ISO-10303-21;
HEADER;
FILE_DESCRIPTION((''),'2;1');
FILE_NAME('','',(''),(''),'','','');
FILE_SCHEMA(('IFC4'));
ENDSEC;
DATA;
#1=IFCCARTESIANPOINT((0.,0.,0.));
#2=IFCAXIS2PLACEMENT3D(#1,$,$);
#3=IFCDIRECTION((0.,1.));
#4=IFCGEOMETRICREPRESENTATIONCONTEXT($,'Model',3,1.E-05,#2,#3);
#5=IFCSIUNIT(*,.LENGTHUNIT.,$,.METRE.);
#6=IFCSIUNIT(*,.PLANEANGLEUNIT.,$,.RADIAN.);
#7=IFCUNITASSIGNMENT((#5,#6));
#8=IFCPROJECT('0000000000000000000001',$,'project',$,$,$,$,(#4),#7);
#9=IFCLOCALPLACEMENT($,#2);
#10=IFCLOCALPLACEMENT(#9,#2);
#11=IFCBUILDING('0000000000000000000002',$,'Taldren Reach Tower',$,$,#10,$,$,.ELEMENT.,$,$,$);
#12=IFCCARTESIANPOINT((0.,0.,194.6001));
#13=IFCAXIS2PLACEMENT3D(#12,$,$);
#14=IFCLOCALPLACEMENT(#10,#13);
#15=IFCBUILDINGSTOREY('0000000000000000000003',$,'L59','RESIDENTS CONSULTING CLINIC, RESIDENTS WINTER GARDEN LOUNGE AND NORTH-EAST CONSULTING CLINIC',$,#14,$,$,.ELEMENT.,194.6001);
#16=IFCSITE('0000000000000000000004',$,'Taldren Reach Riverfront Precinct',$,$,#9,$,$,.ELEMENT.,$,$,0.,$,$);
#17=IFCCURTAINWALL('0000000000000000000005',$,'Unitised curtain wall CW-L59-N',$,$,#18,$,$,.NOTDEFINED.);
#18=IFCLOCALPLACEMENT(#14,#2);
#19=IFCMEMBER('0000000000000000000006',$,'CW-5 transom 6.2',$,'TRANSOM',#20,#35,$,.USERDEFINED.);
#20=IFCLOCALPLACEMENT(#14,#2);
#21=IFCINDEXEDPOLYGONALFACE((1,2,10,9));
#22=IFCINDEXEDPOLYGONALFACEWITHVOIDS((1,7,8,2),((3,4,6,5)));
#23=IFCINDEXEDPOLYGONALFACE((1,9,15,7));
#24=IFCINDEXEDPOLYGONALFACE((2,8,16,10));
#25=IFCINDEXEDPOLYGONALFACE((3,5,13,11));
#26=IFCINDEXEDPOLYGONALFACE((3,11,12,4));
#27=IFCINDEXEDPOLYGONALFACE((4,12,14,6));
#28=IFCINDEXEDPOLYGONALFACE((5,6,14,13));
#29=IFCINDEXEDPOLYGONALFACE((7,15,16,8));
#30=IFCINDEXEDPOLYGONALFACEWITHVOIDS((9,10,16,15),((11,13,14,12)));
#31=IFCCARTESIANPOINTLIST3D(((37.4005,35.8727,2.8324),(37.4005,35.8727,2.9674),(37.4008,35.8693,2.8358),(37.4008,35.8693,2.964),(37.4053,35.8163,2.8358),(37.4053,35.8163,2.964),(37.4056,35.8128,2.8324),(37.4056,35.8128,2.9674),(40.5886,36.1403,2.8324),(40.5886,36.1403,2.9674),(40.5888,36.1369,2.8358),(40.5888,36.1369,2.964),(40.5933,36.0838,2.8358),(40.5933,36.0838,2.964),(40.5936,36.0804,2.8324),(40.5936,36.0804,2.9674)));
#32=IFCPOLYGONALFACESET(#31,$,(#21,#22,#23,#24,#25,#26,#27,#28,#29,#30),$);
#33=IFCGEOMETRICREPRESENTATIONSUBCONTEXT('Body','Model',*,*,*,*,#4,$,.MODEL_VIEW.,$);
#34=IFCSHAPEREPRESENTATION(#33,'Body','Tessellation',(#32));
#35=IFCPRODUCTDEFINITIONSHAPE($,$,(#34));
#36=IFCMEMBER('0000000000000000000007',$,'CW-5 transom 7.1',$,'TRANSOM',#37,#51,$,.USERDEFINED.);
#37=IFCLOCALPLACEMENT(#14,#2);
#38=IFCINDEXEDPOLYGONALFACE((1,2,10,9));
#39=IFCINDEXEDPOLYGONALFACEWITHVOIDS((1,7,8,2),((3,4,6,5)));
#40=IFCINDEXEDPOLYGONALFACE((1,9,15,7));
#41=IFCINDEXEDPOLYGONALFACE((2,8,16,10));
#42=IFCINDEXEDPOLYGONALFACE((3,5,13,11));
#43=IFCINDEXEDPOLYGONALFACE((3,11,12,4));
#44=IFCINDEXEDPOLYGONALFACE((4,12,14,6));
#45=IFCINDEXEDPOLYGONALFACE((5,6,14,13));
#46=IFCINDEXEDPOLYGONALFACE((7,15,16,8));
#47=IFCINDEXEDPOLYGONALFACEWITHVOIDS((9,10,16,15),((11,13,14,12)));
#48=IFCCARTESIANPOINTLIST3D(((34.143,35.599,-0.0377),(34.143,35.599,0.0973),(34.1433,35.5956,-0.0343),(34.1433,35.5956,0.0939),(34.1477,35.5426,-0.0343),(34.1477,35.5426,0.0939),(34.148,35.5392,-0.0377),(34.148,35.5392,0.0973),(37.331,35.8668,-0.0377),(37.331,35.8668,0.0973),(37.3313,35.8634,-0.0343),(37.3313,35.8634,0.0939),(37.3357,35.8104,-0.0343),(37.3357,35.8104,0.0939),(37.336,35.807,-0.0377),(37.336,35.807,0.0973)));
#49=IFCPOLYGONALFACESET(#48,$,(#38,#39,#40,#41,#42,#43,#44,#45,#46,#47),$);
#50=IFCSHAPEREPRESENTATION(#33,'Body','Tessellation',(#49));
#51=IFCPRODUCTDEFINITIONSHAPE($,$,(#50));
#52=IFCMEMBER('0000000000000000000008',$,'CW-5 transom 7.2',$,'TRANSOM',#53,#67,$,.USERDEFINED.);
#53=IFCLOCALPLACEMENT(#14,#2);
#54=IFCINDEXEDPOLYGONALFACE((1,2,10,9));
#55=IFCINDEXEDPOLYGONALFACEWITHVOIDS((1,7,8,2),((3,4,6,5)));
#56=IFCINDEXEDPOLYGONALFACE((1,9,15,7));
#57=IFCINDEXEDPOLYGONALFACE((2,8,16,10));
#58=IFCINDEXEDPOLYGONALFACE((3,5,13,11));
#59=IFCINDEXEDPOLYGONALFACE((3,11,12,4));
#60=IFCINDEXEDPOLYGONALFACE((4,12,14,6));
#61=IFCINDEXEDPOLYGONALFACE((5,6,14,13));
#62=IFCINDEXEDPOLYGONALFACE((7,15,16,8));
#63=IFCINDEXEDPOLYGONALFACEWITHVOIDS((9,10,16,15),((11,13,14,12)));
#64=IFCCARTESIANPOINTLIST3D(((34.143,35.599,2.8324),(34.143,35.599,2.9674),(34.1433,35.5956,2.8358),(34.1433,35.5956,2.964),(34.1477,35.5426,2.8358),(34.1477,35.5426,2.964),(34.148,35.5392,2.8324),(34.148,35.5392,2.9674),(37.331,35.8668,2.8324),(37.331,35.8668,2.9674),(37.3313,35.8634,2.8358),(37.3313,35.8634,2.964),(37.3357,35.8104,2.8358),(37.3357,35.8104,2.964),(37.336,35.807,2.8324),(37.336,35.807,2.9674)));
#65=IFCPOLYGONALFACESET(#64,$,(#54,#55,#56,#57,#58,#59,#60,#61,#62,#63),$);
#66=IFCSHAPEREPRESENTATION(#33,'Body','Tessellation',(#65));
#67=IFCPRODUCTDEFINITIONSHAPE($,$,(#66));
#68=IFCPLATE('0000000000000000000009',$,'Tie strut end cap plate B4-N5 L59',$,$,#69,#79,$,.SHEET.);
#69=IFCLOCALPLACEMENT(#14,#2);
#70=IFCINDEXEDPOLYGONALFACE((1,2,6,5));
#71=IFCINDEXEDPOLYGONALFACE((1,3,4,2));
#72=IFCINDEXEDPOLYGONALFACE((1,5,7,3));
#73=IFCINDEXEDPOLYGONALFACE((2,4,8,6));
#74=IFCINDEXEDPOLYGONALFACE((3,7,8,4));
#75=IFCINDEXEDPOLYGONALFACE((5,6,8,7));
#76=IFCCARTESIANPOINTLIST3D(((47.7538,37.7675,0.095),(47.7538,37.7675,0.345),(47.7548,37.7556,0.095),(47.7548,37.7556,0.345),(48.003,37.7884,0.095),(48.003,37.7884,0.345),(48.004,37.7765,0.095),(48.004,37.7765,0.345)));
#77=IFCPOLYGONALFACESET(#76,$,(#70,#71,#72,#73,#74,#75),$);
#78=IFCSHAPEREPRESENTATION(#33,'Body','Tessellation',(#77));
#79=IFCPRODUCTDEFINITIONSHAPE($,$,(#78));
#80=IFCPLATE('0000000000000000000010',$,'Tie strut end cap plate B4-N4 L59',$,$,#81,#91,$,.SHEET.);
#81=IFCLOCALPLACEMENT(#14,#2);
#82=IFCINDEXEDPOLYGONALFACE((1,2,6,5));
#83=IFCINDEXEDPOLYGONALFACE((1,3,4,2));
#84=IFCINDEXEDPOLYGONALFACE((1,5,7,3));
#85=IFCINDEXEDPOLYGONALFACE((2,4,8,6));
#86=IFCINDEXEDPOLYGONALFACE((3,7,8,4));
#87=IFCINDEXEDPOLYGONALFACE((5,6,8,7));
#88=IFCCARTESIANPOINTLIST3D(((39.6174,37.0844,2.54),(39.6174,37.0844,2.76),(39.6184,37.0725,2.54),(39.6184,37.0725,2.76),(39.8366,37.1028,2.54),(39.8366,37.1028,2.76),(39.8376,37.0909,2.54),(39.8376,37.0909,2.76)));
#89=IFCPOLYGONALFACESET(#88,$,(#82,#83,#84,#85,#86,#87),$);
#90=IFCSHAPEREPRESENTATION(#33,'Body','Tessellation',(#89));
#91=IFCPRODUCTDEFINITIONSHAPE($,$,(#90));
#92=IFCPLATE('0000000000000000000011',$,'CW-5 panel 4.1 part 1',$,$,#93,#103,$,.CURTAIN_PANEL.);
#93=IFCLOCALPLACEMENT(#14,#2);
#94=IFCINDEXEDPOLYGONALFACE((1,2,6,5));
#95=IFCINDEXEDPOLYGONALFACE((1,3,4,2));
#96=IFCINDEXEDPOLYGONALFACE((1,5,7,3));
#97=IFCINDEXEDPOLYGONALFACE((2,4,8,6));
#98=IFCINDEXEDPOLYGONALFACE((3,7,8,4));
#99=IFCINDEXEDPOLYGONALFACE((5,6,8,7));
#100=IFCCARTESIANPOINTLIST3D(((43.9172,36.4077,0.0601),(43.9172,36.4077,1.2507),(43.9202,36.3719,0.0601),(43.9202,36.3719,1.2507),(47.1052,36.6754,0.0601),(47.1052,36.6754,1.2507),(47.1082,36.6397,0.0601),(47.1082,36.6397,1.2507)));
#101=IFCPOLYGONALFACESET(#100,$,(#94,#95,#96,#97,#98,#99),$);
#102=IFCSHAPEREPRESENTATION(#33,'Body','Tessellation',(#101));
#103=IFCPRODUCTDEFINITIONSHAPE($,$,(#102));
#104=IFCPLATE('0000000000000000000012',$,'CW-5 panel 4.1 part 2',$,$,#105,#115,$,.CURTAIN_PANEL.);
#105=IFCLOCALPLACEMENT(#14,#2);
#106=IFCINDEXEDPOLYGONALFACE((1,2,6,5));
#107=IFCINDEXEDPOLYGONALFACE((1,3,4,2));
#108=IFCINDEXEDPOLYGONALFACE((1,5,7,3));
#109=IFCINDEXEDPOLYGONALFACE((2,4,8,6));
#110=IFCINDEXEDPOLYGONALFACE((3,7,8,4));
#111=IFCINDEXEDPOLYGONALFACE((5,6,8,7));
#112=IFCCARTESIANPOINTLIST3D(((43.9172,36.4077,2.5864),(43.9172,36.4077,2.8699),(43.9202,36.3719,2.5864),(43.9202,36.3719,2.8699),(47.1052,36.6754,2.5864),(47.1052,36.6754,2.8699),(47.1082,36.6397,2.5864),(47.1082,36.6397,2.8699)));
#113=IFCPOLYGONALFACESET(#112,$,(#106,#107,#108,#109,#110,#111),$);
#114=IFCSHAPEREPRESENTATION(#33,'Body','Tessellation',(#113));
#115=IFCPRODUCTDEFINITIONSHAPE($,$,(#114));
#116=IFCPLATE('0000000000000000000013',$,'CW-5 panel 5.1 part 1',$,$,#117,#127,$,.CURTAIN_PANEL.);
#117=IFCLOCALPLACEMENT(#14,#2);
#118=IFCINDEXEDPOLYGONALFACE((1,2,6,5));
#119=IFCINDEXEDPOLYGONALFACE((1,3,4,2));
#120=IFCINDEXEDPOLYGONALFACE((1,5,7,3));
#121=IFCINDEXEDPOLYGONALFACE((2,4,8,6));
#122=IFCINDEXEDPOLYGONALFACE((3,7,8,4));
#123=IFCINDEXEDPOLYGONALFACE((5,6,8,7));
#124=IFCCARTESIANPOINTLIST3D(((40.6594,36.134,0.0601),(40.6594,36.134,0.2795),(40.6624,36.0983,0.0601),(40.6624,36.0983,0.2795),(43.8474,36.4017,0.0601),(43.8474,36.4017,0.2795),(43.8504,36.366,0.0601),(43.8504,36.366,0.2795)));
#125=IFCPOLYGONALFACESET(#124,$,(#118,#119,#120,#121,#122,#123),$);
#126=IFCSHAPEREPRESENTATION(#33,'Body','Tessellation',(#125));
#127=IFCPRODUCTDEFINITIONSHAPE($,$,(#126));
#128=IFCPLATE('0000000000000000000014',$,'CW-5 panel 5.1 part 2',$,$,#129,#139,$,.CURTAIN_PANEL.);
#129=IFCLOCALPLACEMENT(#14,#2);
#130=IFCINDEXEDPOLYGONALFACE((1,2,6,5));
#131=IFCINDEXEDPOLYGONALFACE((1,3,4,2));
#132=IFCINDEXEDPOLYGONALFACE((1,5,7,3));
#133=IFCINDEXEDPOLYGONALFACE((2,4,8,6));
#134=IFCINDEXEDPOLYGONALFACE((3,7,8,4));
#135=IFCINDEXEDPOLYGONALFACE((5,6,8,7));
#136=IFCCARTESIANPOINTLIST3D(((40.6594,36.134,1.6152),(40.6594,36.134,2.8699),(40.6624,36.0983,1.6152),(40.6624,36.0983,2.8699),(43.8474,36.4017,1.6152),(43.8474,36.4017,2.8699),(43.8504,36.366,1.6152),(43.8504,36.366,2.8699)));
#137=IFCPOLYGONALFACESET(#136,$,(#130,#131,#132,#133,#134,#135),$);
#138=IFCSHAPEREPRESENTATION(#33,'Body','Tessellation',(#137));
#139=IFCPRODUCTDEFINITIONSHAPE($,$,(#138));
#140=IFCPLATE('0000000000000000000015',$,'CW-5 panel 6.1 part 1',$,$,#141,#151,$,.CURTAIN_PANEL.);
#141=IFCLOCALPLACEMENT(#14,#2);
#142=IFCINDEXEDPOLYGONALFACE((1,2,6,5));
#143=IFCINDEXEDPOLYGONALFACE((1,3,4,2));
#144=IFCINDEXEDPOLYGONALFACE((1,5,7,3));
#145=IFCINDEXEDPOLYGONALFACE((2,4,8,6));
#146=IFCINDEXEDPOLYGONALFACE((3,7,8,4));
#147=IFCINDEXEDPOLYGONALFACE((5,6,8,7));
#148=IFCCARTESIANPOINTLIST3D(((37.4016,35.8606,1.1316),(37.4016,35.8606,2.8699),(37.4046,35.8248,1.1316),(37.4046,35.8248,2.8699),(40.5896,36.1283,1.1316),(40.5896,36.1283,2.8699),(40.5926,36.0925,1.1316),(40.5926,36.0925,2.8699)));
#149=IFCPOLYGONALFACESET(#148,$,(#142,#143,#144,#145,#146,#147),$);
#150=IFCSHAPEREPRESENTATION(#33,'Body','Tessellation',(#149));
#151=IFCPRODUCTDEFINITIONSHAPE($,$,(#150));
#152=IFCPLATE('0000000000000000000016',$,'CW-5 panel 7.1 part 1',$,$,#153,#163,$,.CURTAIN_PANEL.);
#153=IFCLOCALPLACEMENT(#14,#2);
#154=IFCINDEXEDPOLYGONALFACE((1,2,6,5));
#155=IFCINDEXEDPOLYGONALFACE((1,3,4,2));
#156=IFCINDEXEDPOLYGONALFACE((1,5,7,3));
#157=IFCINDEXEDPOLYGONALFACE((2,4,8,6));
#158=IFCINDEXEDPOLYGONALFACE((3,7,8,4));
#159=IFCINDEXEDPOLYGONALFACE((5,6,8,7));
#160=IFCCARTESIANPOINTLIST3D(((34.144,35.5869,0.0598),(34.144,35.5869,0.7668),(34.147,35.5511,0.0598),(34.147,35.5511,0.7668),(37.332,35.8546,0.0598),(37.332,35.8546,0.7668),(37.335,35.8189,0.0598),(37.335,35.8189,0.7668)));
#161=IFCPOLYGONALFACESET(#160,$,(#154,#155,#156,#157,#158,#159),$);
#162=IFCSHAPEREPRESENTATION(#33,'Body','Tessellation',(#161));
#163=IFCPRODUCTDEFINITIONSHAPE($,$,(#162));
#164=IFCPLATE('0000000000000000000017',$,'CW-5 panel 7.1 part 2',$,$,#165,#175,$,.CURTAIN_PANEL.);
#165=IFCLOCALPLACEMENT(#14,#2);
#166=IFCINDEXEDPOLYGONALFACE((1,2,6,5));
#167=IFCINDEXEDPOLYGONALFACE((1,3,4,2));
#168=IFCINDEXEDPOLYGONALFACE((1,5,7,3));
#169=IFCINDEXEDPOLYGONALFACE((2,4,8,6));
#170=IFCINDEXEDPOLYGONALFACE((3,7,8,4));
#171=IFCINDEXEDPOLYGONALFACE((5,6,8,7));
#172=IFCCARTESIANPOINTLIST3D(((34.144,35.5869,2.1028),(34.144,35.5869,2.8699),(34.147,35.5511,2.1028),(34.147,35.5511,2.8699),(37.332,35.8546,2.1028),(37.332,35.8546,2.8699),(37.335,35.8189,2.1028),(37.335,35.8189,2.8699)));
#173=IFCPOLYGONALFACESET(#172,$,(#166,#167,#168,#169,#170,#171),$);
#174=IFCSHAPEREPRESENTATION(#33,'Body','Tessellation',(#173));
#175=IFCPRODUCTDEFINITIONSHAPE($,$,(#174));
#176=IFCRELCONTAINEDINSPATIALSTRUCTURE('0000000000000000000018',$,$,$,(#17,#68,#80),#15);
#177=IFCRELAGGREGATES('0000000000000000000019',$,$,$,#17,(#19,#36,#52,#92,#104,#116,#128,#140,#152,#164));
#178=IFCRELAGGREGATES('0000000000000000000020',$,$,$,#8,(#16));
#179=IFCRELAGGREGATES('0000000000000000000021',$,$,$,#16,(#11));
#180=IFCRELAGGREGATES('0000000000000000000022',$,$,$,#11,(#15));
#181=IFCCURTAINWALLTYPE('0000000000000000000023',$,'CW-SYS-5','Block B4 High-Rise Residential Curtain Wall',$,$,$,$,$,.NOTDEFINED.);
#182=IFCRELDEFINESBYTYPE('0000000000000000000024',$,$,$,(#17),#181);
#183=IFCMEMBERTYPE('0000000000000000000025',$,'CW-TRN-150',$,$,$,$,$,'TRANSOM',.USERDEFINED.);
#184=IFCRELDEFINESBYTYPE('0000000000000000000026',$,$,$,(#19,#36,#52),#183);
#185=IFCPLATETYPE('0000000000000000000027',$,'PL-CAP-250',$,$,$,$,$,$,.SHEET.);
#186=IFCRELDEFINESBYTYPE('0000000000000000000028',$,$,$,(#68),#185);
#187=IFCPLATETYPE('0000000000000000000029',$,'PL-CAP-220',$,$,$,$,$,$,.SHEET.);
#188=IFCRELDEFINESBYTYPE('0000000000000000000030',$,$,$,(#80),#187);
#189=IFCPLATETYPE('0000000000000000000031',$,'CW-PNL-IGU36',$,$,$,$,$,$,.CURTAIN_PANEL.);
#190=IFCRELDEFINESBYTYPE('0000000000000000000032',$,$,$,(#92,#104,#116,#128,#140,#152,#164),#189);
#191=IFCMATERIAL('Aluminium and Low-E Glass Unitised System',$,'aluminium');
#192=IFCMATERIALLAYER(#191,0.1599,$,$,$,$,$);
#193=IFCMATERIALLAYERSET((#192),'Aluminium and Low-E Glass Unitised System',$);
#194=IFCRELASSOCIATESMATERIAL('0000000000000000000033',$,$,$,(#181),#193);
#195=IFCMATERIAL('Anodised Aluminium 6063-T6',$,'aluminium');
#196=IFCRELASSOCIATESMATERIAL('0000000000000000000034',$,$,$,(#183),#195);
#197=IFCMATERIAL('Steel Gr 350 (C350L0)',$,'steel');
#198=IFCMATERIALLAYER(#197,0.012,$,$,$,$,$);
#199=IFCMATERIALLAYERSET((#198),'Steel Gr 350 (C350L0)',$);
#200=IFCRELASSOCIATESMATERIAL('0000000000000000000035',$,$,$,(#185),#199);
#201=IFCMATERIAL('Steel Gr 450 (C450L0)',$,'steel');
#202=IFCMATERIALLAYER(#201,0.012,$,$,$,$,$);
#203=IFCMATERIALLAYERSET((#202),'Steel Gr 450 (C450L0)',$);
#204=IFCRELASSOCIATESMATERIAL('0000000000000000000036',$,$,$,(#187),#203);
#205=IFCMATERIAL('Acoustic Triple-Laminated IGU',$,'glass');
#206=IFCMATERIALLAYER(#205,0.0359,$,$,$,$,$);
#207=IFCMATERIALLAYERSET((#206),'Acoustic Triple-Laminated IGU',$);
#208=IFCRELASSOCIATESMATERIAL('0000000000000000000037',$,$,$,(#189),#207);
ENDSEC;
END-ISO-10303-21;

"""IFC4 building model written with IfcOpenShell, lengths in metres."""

from ifc_helpers import new_model, si_unit, direction, frame, origin, origin_2d, place, context, subcontext, project, spatial, rectangle, hollow_rectangle, extrude, source, transform, mapped, material, layer, layer_set, material_profile, profile_set, type_object, element, aggregate, save


model = new_model("IFC4")

# Units and contexts
model_context = context("Model", 3, precision=1e-05, world=origin(), true_north=direction((0.0, 1.0)))
body_context = subcontext(model_context, "Body", "Model", "MODEL_VIEW")
ifc_project = project(units=[si_unit("LENGTHUNIT", "METRE"), si_unit("PLANEANGLEUNIT", "RADIAN")], contexts=[model_context])

# Site, building, storey
site_placement = place(None, origin())
site = spatial("IfcSite", under=ifc_project, at=site_placement, Name="Taldren Reach Riverfront Precinct", CompositionType="ELEMENT", RefElevation=0.0)
building_placement = place(site_placement, origin())
building = spatial("IfcBuilding", under=site, at=building_placement, Name="Taldren Reach Tower", CompositionType="ELEMENT")
storey_placement = place(building_placement, frame((0.0, 0.0, 194.6001)))
storey = spatial("IfcBuildingStorey", under=building, at=storey_placement, Name="L59", Description="RESIDENTS CONSULTING CLINIC, RESIDENTS WINTER GARDEN LOUNGE AND NORTH-EAST CONSULTING CLINIC", CompositionType="ELEMENT", Elevation=194.6001)

# Shared definitions
ifc_material_1 = material(Name="Steel Gr 350 (C350L0)", Category="steel")

# Shared definitions
ifc_material_2 = material(Name="Steel Gr 450 (C450L0)", Category="steel")

# Curtain wall, members
ifc_material_3 = material(Name="Aluminium and Low-E Glass Unitised System", Category="aluminium")
ifc_layer_1 = layer(ifc_material_3, 0.1599)
ifc_layer_set_1 = layer_set([ifc_layer_1], Name="Aluminium and Low-E Glass Unitised System")
curtain_wall_type = type_object("IfcCurtainWallType", Name="CW-SYS-5", Description="Block B4 High-Rise Residential Curtain Wall", PredefinedType="NOTDEFINED", material=ifc_layer_set_1)
curtain_wall_placement = place(storey_placement, origin())
curtain_wall = element("IfcCurtainWall", 1, at=curtain_wall_placement, inside=storey, type_object=curtain_wall_type, Name="Unitised curtain wall CW-L59-N", PredefinedType="NOTDEFINED")
ifc_material_4 = material(Name="Anodised Aluminium 6063-T6", Category="aluminium")
ifc_material_profile_1 = material_profile(ifc_material_4, hollow_rectangle(XDim=0.0601, YDim=0.135, WallThickness=0.0034, at=origin_2d()), Name="ALU-135x60x3.5RHS")
ifc_profile_set_1 = profile_set([ifc_material_profile_1], Name="Anodised Aluminium 6063-T6")
member_type_1 = type_object("IfcMemberType", Name="CW-TRN-150", ElementType="TRANSOM", PredefinedType="USERDEFINED", material=ifc_profile_set_1)
shared_shape_1 = source(origin(), body_context, "Body", "SweptSolid", [
    extrude(hollow_rectangle(XDim=0.0601, YDim=0.135, WallThickness=0.0034, at=origin_2d()), origin(), (0.0, 0.0, 1.0), 3.1992),
])
member_1_placement = place(storey_placement, frame((40.5911, 36.1104, 2.8999), z_axis=(-0.996496, -0.083639, 0.0), x_axis=(0.083639, -0.996496, 0.0)))
member_1 = element("IfcMember", 2, at=member_1_placement, type_object=member_type_1, Name="CW-5 transom 6.2", ObjectType="TRANSOM", PredefinedType="USERDEFINED", context=body_context, shape_type="MappedRepresentation", body=[
    mapped(shared_shape_1, transform((0.0, 0.0, 0.0), scale=1.0)),
])
member_2_placement = place(storey_placement, frame((37.3335, 35.8369, 0.0298), z_axis=(-0.99649, -0.083715, 0.0), x_axis=(0.083715, -0.99649, 0.0)))
member_2 = element("IfcMember", 3, at=member_2_placement, type_object=member_type_1, Name="CW-5 transom 7.1", ObjectType="TRANSOM", PredefinedType="USERDEFINED", context=body_context, shape_type="MappedRepresentation", body=[
    mapped(shared_shape_1, transform((0.0, 0.0, 0.0), scale=1.0)),
])
member_3_placement = place(storey_placement, frame((37.3335, 35.8369, 2.8999), z_axis=(-0.99649, -0.083715, 0.0), x_axis=(0.083715, -0.99649, 0.0)))
member_3 = element("IfcMember", 4, at=member_3_placement, type_object=member_type_1, Name="CW-5 transom 7.2", ObjectType="TRANSOM", PredefinedType="USERDEFINED", context=body_context, shape_type="MappedRepresentation", body=[
    mapped(shared_shape_1, transform((0.0, 0.0, 0.0), scale=1.0)),
])

# Plates
ifc_layer_2 = layer(ifc_material_1, 0.012)
ifc_layer_set_2 = layer_set([ifc_layer_2], Name="Steel Gr 350 (C350L0)")
plate_type_1 = type_object("IfcPlateType", Name="PL-CAP-250", PredefinedType="SHEET", material=ifc_layer_set_2)
shared_shape_2 = source(origin(), body_context, "Body", "SweptSolid", [
    extrude(rectangle(XDim=0.25, YDim=0.012, at=origin_2d()), origin(), (0.0, 0.0, 1.0), 0.25),
])
plate_1_placement = place(storey_placement, frame((47.8789, 37.772, 0.095), z_axis=(0.0, 0.0, 1.0), x_axis=(0.996493, 0.083678, 0.0)))
element("IfcPlate", 5, at=plate_1_placement, inside=storey, type_object=plate_type_1, Name="Tie strut end cap plate B4-N5 L59", PredefinedType="SHEET", context=body_context, shape_type="MappedRepresentation", body=[
    mapped(shared_shape_2, transform((0.0, 0.0, 0.0), scale=1.0)),
])
ifc_layer_3 = layer(ifc_material_2, 0.012)
ifc_layer_set_3 = layer_set([ifc_layer_3], Name="Steel Gr 450 (C450L0)")
plate_type_2 = type_object("IfcPlateType", Name="PL-CAP-220", PredefinedType="SHEET", material=ifc_layer_set_3)
shared_shape_3 = source(origin(), body_context, "Body", "SweptSolid", [
    extrude(rectangle(XDim=0.22, YDim=0.012, at=origin_2d()), origin(), (0.0, 0.0, 1.0), 0.22),
])
plate_2_placement = place(storey_placement, frame((39.7275, 37.0876, 2.54), z_axis=(0.0, 0.0, 1.0), x_axis=(0.996493, 0.083678, 0.0)))
element("IfcPlate", 6, at=plate_2_placement, inside=storey, type_object=plate_type_2, Name="Tie strut end cap plate B4-N4 L59", PredefinedType="SHEET", context=body_context, shape_type="MappedRepresentation", body=[
    mapped(shared_shape_3, transform((0.0, 0.0, 0.0), scale=1.0)),
])

# Plates
ifc_material_5 = material(Name="Acoustic Triple-Laminated IGU", Category="glass")
ifc_layer_4 = layer(ifc_material_5, 0.0359)
ifc_layer_set_4 = layer_set([ifc_layer_4], Name="Acoustic Triple-Laminated IGU")
plate_type_3 = type_object("IfcPlateType", Name="CW-PNL-IGU36", PredefinedType="CURTAIN_PANEL", material=ifc_layer_set_4)
shared_shape_4 = source(origin(), body_context, "Body", "SweptSolid", [
    extrude(rectangle(XDim=3.1992, YDim=0.0359, at=origin_2d()), origin(), (0.0, 0.0, 1.0), 1.1907),
])
plate_3_placement = place(storey_placement, frame((45.5127, 36.5237, 0.0601), z_axis=(0.0, 0.0, 1.0), x_axis=(-0.996493, -0.083678, 0.0)))
plate_3 = element("IfcPlate", 7, at=plate_3_placement, type_object=plate_type_3, Name="CW-5 panel 4.1 part 1", PredefinedType="CURTAIN_PANEL", context=body_context, shape_type="MappedRepresentation", body=[
    mapped(shared_shape_4, transform((0.0, 0.0, 0.0), scale=1.0)),
])
shared_shape_5 = source(origin(), body_context, "Body", "SweptSolid", [
    extrude(rectangle(XDim=3.1992, YDim=0.0359, at=origin_2d()), origin(), (0.0, 0.0, 1.0), 0.2834),
])
plate_4_placement = place(storey_placement, frame((45.5127, 36.5237, 2.5864), z_axis=(0.0, 0.0, 1.0), x_axis=(-0.996493, -0.083678, 0.0)))
plate_4 = element("IfcPlate", 8, at=plate_4_placement, type_object=plate_type_3, Name="CW-5 panel 4.1 part 2", PredefinedType="CURTAIN_PANEL", context=body_context, shape_type="MappedRepresentation", body=[
    mapped(shared_shape_5, transform((0.0, 0.0, 0.0), scale=1.0)),
])
shared_shape_6 = source(origin(), body_context, "Body", "SweptSolid", [
    extrude(rectangle(XDim=3.1992, YDim=0.0359, at=origin_2d()), origin(), (0.0, 0.0, 1.0), 0.2195),
])
plate_5_placement = place(storey_placement, frame((42.2549, 36.25, 0.0601), z_axis=(0.0, 0.0, 1.0), x_axis=(-0.996493, -0.083678, 0.0)))
plate_5 = element("IfcPlate", 9, at=plate_5_placement, type_object=plate_type_3, Name="CW-5 panel 5.1 part 1", PredefinedType="CURTAIN_PANEL", context=body_context, shape_type="MappedRepresentation", body=[
    mapped(shared_shape_6, transform((0.0, 0.0, 0.0), scale=1.0)),
])
shared_shape_7 = source(origin(), body_context, "Body", "SweptSolid", [
    extrude(rectangle(XDim=3.1992, YDim=0.0359, at=origin_2d()), origin(), (0.0, 0.0, 1.0), 1.2546),
])
plate_6_placement = place(storey_placement, frame((42.2549, 36.25, 1.6152), z_axis=(0.0, 0.0, 1.0), x_axis=(-0.996493, -0.083678, 0.0)))
plate_6 = element("IfcPlate", 10, at=plate_6_placement, type_object=plate_type_3, Name="CW-5 panel 5.1 part 2", PredefinedType="CURTAIN_PANEL", context=body_context, shape_type="MappedRepresentation", body=[
    mapped(shared_shape_7, transform((0.0, 0.0, 0.0), scale=1.0)),
])
shared_shape_8 = source(origin(), body_context, "Body", "SweptSolid", [
    extrude(rectangle(XDim=3.1992, YDim=0.0359, at=origin_2d()), origin(), (0.0, 0.0, 1.0), 1.7383),
])
plate_7_placement = place(storey_placement, frame((38.9971, 35.9766, 1.1316), z_axis=(0.0, 0.0, 1.0), x_axis=(-0.996493, -0.083678, 0.0)))
plate_7 = element("IfcPlate", 11, at=plate_7_placement, type_object=plate_type_3, Name="CW-5 panel 6.1 part 1", PredefinedType="CURTAIN_PANEL", context=body_context, shape_type="MappedRepresentation", body=[
    mapped(shared_shape_8, transform((0.0, 0.0, 0.0), scale=1.0)),
])
shared_shape_9 = source(origin(), body_context, "Body", "SweptSolid", [
    extrude(rectangle(XDim=3.1992, YDim=0.0359, at=origin_2d()), origin(), (0.0, 0.0, 1.0), 0.707),
])
plate_8_placement = place(storey_placement, frame((35.7395, 35.7029, 0.0598), z_axis=(0.0, 0.0, 1.0), x_axis=(-0.996493, -0.083678, 0.0)))
plate_8 = element("IfcPlate", 12, at=plate_8_placement, type_object=plate_type_3, Name="CW-5 panel 7.1 part 1", PredefinedType="CURTAIN_PANEL", context=body_context, shape_type="MappedRepresentation", body=[
    mapped(shared_shape_9, transform((0.0, 0.0, 0.0), scale=1.0)),
])
shared_shape_10 = source(origin(), body_context, "Body", "SweptSolid", [
    extrude(rectangle(XDim=3.1992, YDim=0.0359, at=origin_2d()), origin(), (0.0, 0.0, 1.0), 0.7671),
])
plate_9_placement = place(storey_placement, frame((35.7395, 35.7029, 2.1028), z_axis=(0.0, 0.0, 1.0), x_axis=(-0.996493, -0.083678, 0.0)))
plate_9 = element("IfcPlate", 13, at=plate_9_placement, type_object=plate_type_3, Name="CW-5 panel 7.1 part 2", PredefinedType="CURTAIN_PANEL", context=body_context, shape_type="MappedRepresentation", body=[
    mapped(shared_shape_10, transform((0.0, 0.0, 0.0), scale=1.0)),
])
aggregate(curtain_wall, [member_1, member_2, member_3, plate_3, plate_4, plate_5, plate_6, plate_7, plate_8, plate_9])

save(model, "model.ifc")
